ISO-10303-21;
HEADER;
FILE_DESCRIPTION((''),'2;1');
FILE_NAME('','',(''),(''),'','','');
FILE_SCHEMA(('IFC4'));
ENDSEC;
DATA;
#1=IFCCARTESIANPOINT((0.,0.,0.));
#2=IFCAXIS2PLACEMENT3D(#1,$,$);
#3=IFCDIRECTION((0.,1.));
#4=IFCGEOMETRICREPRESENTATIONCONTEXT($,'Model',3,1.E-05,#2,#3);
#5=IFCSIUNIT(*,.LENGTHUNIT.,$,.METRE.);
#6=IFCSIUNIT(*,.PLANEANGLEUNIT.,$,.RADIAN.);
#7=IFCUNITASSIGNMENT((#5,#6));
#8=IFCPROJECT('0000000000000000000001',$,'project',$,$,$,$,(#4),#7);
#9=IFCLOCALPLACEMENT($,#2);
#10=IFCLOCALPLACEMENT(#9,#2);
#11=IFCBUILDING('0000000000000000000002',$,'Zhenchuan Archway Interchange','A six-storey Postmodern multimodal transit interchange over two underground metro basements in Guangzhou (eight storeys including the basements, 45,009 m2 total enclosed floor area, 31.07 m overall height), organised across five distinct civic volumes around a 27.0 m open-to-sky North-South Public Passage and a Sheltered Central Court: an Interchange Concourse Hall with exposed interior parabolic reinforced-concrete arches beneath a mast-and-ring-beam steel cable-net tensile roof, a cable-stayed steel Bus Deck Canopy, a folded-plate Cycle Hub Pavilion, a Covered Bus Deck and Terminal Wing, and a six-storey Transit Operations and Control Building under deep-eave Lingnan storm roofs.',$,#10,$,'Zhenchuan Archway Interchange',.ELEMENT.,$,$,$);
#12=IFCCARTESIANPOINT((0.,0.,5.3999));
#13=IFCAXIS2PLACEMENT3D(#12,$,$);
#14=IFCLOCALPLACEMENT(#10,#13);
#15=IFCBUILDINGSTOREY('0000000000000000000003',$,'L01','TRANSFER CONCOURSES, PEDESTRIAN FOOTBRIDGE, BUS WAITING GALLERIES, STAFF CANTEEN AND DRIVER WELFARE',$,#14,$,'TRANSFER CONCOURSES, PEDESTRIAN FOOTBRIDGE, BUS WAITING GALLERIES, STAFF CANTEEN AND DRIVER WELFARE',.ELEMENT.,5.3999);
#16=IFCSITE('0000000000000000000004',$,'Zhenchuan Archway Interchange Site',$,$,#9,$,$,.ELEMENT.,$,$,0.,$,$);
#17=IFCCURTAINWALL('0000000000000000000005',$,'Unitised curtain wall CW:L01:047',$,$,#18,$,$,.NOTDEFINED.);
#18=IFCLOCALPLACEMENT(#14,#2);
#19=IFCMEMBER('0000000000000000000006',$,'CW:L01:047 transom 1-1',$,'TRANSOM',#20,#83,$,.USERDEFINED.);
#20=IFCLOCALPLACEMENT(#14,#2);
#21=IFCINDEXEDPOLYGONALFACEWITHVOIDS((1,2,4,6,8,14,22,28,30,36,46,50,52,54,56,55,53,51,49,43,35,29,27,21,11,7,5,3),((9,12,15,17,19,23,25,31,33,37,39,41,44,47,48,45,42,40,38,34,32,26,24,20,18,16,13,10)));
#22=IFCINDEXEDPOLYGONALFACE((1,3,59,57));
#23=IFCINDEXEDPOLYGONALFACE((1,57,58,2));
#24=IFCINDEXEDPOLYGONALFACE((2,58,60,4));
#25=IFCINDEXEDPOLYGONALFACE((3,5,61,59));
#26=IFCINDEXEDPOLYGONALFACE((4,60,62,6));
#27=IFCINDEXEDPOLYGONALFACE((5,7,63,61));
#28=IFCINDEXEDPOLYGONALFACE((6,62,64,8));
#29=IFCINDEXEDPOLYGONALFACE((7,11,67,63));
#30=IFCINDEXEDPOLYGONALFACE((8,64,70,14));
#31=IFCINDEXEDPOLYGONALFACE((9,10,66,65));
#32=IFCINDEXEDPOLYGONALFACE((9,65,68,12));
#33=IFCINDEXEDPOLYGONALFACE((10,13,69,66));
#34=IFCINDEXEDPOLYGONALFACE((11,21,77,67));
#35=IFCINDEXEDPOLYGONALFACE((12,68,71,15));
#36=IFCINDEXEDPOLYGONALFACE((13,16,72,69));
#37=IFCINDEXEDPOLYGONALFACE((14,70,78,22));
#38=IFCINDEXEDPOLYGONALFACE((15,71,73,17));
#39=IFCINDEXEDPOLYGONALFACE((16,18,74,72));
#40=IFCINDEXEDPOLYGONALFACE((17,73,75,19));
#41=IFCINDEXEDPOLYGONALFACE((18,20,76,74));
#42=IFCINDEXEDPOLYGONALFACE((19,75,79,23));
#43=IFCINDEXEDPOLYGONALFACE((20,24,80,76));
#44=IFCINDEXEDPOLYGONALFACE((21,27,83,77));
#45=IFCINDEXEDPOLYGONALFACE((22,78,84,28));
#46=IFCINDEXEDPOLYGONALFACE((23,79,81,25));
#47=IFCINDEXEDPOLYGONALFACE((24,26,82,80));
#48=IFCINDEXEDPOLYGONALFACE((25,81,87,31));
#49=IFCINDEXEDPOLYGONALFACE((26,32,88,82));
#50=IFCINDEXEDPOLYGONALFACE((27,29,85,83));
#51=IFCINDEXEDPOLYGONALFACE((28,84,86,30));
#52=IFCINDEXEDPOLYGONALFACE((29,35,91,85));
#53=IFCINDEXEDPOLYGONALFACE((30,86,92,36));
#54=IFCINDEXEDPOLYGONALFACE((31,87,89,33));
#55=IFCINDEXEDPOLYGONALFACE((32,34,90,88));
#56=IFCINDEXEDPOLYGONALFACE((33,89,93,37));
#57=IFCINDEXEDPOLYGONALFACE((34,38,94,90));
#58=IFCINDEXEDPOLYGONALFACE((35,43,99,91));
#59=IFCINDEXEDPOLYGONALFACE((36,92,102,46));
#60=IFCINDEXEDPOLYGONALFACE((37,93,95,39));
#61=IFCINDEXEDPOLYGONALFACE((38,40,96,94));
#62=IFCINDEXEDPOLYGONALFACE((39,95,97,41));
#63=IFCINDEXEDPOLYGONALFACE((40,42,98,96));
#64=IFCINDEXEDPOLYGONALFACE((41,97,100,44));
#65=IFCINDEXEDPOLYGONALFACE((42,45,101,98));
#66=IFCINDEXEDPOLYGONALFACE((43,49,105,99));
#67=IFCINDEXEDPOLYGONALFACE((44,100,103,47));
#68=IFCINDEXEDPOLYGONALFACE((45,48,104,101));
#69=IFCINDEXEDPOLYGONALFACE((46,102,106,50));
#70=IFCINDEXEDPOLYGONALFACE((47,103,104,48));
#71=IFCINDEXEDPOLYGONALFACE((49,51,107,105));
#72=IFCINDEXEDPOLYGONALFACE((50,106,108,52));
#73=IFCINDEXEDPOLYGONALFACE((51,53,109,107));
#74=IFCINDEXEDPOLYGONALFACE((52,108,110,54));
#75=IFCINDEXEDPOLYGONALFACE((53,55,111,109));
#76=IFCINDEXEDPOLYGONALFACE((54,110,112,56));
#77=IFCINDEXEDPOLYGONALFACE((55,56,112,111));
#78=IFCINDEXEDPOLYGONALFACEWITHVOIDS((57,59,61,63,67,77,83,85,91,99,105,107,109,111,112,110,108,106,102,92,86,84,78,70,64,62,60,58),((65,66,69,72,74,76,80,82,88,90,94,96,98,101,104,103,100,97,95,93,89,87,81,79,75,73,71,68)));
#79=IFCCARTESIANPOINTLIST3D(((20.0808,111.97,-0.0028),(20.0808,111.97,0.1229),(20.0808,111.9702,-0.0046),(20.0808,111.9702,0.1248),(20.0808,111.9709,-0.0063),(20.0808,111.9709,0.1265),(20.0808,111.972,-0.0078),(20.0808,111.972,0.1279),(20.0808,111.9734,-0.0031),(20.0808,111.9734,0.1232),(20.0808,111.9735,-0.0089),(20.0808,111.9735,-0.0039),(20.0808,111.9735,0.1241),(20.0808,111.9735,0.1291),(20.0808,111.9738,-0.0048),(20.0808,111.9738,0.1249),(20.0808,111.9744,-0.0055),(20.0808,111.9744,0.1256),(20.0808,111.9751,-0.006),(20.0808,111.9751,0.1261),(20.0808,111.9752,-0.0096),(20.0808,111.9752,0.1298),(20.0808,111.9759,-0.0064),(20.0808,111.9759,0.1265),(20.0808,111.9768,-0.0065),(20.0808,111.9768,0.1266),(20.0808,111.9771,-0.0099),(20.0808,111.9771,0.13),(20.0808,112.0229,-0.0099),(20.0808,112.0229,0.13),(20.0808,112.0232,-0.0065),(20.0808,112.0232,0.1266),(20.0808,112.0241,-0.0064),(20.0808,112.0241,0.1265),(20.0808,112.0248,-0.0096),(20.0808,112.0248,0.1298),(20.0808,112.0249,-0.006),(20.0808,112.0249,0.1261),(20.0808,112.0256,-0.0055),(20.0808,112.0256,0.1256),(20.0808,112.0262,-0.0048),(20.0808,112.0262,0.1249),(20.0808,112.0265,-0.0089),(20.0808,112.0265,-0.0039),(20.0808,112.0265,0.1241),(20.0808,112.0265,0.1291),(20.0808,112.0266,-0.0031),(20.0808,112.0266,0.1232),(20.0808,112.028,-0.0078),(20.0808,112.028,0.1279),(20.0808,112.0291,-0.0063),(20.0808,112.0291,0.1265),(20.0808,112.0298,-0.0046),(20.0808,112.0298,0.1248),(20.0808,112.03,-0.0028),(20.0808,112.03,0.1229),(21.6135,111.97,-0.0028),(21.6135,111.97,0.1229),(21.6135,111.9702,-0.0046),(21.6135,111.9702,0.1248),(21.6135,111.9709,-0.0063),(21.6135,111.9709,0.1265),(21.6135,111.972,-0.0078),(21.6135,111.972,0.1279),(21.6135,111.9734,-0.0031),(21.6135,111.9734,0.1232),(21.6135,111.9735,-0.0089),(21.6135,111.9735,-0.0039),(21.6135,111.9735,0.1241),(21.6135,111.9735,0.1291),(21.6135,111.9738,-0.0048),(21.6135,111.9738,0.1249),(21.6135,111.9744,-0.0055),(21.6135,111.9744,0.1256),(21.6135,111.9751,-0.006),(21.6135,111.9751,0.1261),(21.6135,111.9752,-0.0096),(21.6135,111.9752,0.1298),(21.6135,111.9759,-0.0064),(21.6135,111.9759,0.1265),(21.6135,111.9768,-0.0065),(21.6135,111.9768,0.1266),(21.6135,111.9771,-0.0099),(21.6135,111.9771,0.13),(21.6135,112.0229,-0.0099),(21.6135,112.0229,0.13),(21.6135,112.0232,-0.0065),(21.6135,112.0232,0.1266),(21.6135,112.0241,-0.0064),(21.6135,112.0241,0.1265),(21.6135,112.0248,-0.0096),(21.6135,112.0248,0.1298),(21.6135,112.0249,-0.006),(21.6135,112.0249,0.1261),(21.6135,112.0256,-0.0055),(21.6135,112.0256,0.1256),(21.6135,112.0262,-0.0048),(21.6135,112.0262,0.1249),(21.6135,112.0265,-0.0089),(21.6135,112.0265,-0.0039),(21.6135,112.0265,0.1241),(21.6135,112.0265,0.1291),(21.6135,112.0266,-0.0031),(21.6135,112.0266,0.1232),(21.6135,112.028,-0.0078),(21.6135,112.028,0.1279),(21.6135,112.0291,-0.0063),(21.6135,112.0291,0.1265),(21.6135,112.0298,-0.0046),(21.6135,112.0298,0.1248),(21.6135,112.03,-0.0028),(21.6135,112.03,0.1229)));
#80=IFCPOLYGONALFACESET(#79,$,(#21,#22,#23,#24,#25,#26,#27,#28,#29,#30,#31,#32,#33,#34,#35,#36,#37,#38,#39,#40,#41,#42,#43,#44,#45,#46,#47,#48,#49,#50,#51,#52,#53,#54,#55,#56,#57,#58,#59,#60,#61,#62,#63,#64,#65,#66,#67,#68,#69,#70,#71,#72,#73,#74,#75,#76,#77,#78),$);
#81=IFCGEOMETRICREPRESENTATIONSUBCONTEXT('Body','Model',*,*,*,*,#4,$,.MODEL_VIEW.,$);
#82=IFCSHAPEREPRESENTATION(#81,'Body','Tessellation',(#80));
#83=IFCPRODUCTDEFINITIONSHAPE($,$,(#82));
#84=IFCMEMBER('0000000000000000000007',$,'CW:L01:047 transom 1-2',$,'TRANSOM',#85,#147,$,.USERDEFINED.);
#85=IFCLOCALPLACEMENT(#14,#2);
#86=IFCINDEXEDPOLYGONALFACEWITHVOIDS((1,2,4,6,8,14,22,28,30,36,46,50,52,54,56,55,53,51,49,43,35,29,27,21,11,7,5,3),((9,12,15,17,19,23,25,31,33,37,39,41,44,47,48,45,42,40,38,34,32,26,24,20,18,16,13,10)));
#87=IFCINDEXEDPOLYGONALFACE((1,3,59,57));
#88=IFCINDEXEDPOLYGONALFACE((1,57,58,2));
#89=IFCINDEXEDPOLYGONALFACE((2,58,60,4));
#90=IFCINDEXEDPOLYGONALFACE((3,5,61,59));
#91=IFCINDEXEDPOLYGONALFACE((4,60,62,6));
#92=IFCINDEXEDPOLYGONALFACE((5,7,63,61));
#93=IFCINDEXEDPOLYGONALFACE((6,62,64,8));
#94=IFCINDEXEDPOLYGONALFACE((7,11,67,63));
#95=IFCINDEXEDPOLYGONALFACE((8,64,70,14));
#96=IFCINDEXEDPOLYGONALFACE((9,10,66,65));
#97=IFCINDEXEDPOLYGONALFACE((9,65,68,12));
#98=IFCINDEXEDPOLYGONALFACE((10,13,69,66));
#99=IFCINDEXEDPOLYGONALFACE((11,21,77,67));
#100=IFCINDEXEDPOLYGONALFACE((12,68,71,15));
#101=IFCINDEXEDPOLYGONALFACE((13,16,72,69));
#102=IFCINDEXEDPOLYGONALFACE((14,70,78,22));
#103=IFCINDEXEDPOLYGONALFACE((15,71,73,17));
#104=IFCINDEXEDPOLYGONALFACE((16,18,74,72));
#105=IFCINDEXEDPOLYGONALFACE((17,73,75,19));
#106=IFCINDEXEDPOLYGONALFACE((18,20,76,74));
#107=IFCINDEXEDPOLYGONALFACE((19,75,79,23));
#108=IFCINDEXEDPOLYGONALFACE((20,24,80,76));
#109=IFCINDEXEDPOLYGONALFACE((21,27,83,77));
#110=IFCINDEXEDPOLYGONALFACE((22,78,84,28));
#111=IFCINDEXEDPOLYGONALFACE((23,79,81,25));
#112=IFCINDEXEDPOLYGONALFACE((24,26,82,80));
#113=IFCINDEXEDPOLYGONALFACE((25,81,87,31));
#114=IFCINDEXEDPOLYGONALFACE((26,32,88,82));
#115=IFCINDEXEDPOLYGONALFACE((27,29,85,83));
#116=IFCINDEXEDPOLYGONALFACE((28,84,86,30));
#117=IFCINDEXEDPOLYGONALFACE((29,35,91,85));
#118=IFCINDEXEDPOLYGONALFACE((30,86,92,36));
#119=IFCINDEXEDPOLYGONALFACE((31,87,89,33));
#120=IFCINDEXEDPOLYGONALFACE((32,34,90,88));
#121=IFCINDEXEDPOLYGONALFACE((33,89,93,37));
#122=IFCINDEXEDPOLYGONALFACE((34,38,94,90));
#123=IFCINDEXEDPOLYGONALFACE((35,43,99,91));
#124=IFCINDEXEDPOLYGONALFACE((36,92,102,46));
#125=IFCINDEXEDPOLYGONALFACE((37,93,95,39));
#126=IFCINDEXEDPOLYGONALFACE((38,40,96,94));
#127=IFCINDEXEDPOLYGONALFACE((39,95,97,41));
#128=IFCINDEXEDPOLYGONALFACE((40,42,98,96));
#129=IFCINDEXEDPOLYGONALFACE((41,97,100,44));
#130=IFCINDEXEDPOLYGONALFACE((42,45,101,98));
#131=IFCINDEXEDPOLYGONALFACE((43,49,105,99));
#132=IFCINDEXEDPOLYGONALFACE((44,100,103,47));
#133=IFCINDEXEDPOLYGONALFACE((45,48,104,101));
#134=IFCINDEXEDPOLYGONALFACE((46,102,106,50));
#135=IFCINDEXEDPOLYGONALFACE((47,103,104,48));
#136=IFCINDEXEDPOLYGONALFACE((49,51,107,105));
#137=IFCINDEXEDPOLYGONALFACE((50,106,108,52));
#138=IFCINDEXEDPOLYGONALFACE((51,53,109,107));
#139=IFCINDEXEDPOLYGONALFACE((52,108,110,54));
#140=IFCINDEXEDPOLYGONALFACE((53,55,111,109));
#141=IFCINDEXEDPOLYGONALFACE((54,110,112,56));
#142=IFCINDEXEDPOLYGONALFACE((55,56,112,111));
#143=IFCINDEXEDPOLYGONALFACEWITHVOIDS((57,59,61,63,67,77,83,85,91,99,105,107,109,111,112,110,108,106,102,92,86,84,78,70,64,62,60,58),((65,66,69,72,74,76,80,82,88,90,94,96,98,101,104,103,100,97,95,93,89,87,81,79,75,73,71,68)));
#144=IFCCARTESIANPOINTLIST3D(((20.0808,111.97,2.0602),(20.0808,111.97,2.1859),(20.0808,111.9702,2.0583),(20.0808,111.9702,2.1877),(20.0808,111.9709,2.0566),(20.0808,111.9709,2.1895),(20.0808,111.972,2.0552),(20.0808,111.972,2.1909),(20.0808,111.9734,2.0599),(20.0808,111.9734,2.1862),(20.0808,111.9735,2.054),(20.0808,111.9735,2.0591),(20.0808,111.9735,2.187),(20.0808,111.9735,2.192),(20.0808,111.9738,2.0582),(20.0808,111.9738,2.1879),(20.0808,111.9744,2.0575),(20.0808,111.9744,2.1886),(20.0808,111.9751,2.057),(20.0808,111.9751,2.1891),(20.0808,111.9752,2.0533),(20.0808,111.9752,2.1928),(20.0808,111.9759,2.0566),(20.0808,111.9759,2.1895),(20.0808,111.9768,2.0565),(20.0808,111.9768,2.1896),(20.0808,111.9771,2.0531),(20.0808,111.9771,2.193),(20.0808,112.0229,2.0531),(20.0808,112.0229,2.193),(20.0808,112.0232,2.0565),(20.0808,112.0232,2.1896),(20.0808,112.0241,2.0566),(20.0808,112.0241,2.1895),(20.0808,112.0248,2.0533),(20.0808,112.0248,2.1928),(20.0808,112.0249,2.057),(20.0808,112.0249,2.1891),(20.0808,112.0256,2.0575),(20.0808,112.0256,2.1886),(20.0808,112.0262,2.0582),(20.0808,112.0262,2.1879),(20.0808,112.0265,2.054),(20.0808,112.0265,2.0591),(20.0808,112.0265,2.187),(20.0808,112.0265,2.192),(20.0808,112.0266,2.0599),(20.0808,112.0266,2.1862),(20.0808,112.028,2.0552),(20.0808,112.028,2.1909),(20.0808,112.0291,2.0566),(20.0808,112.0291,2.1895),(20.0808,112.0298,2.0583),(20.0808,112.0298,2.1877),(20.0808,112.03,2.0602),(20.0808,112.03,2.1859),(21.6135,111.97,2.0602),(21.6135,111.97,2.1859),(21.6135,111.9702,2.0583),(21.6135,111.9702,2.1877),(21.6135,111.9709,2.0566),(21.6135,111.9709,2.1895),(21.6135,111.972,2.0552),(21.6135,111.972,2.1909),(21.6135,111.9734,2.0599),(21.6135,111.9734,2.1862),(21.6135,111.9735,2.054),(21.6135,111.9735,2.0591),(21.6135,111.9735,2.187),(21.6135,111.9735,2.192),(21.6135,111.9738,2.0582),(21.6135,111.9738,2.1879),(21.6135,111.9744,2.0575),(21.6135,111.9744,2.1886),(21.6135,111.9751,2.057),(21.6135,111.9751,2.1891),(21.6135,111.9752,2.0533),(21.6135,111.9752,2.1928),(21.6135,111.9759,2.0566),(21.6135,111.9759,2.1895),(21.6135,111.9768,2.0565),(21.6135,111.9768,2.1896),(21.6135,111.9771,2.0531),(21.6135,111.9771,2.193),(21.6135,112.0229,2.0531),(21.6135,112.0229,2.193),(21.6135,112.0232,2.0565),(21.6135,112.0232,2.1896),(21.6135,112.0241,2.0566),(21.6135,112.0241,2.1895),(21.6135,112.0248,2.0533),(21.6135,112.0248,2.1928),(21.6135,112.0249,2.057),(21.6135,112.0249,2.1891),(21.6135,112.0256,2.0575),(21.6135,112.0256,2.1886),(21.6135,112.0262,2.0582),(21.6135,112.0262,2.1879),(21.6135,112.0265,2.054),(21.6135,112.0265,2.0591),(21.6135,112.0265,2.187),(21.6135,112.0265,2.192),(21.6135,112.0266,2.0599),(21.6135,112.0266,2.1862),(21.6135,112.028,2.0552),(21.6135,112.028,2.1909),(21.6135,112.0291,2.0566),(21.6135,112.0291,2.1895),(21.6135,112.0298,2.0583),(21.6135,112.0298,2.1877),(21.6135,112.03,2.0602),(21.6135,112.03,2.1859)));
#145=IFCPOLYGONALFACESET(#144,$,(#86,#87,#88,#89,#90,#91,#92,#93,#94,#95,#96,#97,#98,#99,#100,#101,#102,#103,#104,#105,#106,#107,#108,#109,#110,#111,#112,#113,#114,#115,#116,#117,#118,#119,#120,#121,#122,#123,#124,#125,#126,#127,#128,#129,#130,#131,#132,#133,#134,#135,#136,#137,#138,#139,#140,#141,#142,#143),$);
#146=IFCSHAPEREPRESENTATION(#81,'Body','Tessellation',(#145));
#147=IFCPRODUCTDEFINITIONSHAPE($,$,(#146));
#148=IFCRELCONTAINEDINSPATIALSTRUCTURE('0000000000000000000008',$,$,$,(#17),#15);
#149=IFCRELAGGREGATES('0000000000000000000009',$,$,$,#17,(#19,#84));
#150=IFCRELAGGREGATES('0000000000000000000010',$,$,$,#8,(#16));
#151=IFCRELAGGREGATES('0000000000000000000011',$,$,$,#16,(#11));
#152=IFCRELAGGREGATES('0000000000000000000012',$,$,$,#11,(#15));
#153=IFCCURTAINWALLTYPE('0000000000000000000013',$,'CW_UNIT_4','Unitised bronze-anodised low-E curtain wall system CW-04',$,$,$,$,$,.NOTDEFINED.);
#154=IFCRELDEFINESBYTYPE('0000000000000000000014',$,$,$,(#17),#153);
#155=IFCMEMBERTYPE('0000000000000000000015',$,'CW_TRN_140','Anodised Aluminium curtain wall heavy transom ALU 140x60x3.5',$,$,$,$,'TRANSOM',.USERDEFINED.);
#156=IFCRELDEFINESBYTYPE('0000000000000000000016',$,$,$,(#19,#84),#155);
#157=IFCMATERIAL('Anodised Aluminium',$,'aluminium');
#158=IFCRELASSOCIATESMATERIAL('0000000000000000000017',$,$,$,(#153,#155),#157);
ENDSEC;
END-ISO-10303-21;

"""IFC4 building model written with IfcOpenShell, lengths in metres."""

from ifc_helpers import new_model, si_unit, direction, frame, origin, origin_2d, place, context, subcontext, project, spatial, hollow_rectangle, extrude, material, material_profile, profile_set, type_object, element, aggregate, save


model = new_model("IFC4")

# Units and contexts
model_context = context("Model", 3, precision=1e-05, world=origin(), true_north=direction((0.0, 1.0)))
body_context = subcontext(model_context, "Body", "Model", "MODEL_VIEW")
ifc_project = project(units=[si_unit("LENGTHUNIT", "METRE"), si_unit("PLANEANGLEUNIT", "RADIAN")], contexts=[model_context])

# Site, building, storey
site_placement = place(None, origin())
site = spatial("IfcSite", under=ifc_project, at=site_placement, Name="Zhenchuan Archway Interchange Site", CompositionType="ELEMENT", RefElevation=0.0)
building_placement = place(site_placement, origin())
building = spatial("IfcBuilding", under=site, at=building_placement, Name="Zhenchuan Archway Interchange", Description="A six-storey Postmodern multimodal transit interchange over two underground metro basements in Guangzhou (eight storeys including the basements, 45,009 m2 total enclosed floor area, 31.07 m overall height), organised across five distinct civic volumes around a 27.0 m open-to-sky North-South Public Passage and a Sheltered Central Court: an Interchange Concourse Hall with exposed interior parabolic reinforced-concrete arches beneath a mast-and-ring-beam steel cable-net tensile roof, a cable-stayed steel Bus Deck Canopy, a folded-plate Cycle Hub Pavilion, a Covered Bus Deck and Terminal Wing, and a six-storey Transit Operations and Control Building under deep-eave Lingnan storm roofs.", LongName="Zhenchuan Archway Interchange", CompositionType="ELEMENT")
storey_placement = place(building_placement, frame((0.0, 0.0, 5.3999)))
storey = spatial("IfcBuildingStorey", under=building, at=storey_placement, Name="L01", Description="TRANSFER CONCOURSES, PEDESTRIAN FOOTBRIDGE, BUS WAITING GALLERIES, STAFF CANTEEN AND DRIVER WELFARE", LongName="TRANSFER CONCOURSES, PEDESTRIAN FOOTBRIDGE, BUS WAITING GALLERIES, STAFF CANTEEN AND DRIVER WELFARE", CompositionType="ELEMENT", Elevation=5.3999)

# Shared definitions
ifc_material_1 = material(Name="Anodised Aluminium", Category="aluminium")

# Curtain wall, members
curtain_wall_type_1 = type_object("IfcCurtainWallType", Name="CW_UNIT_4", Description="Unitised bronze-anodised low-E curtain wall system CW-04", PredefinedType="NOTDEFINED", material=ifc_material_1)
curtain_wall_1_placement = place(storey_placement, origin())
curtain_wall_1 = element("IfcCurtainWall", 1, at=curtain_wall_1_placement, inside=storey, type_object=curtain_wall_type_1, Name="Unitised curtain wall CW:L01:047", PredefinedType="NOTDEFINED")
ifc_material_profile_1 = material_profile(ifc_material_1, hollow_rectangle(XDim=0.0601, YDim=0.1399, WallThickness=0.0034, InnerFilletRadius=0.0034, OuterFilletRadius=0.0071, at=origin_2d()), Name="ALU 140x60x3.5")
ifc_profile_set_1 = profile_set([ifc_material_profile_1], Name="Anodised Aluminium")
member_type_1 = type_object("IfcMemberType", Name="CW_TRN_140", Description="Anodised Aluminium curtain wall heavy transom ALU 140x60x3.5", ElementType="TRANSOM", PredefinedType="USERDEFINED", material=ifc_profile_set_1)
member_1_placement = place(storey_placement, frame((20.0808, 112.0, 0.0601), z_axis=(1.0, 0.0, 0.0), x_axis=(0.0, 1.0, 0.0)))
member_1 = element("IfcMember", 2, at=member_1_placement, type_object=member_type_1, Name="CW:L01:047 transom 1-1", ObjectType="TRANSOM", PredefinedType="USERDEFINED", context=body_context, shape_type="SweptSolid", body=[
    extrude(hollow_rectangle(XDim=0.0601, YDim=0.1399, WallThickness=0.0034, InnerFilletRadius=0.0034, OuterFilletRadius=0.0071, at=origin_2d()), origin(), (0.0, 0.0, 1.0), 1.5327),
])
member_2_placement = place(storey_placement, frame((20.0808, 112.0, 2.123), z_axis=(1.0, 0.0, 0.0), x_axis=(0.0, 1.0, 0.0)))
member_2 = element("IfcMember", 3, at=member_2_placement, type_object=member_type_1, Name="CW:L01:047 transom 1-2", ObjectType="TRANSOM", PredefinedType="USERDEFINED", context=body_context, shape_type="SweptSolid", body=[
    extrude(hollow_rectangle(XDim=0.0601, YDim=0.1399, WallThickness=0.0034, InnerFilletRadius=0.0034, OuterFilletRadius=0.0071, at=origin_2d()), origin(), (0.0, 0.0, 1.0), 1.5327),
])

aggregate(curtain_wall_1, [member_1, member_2])

save(model, "model.ifc")
